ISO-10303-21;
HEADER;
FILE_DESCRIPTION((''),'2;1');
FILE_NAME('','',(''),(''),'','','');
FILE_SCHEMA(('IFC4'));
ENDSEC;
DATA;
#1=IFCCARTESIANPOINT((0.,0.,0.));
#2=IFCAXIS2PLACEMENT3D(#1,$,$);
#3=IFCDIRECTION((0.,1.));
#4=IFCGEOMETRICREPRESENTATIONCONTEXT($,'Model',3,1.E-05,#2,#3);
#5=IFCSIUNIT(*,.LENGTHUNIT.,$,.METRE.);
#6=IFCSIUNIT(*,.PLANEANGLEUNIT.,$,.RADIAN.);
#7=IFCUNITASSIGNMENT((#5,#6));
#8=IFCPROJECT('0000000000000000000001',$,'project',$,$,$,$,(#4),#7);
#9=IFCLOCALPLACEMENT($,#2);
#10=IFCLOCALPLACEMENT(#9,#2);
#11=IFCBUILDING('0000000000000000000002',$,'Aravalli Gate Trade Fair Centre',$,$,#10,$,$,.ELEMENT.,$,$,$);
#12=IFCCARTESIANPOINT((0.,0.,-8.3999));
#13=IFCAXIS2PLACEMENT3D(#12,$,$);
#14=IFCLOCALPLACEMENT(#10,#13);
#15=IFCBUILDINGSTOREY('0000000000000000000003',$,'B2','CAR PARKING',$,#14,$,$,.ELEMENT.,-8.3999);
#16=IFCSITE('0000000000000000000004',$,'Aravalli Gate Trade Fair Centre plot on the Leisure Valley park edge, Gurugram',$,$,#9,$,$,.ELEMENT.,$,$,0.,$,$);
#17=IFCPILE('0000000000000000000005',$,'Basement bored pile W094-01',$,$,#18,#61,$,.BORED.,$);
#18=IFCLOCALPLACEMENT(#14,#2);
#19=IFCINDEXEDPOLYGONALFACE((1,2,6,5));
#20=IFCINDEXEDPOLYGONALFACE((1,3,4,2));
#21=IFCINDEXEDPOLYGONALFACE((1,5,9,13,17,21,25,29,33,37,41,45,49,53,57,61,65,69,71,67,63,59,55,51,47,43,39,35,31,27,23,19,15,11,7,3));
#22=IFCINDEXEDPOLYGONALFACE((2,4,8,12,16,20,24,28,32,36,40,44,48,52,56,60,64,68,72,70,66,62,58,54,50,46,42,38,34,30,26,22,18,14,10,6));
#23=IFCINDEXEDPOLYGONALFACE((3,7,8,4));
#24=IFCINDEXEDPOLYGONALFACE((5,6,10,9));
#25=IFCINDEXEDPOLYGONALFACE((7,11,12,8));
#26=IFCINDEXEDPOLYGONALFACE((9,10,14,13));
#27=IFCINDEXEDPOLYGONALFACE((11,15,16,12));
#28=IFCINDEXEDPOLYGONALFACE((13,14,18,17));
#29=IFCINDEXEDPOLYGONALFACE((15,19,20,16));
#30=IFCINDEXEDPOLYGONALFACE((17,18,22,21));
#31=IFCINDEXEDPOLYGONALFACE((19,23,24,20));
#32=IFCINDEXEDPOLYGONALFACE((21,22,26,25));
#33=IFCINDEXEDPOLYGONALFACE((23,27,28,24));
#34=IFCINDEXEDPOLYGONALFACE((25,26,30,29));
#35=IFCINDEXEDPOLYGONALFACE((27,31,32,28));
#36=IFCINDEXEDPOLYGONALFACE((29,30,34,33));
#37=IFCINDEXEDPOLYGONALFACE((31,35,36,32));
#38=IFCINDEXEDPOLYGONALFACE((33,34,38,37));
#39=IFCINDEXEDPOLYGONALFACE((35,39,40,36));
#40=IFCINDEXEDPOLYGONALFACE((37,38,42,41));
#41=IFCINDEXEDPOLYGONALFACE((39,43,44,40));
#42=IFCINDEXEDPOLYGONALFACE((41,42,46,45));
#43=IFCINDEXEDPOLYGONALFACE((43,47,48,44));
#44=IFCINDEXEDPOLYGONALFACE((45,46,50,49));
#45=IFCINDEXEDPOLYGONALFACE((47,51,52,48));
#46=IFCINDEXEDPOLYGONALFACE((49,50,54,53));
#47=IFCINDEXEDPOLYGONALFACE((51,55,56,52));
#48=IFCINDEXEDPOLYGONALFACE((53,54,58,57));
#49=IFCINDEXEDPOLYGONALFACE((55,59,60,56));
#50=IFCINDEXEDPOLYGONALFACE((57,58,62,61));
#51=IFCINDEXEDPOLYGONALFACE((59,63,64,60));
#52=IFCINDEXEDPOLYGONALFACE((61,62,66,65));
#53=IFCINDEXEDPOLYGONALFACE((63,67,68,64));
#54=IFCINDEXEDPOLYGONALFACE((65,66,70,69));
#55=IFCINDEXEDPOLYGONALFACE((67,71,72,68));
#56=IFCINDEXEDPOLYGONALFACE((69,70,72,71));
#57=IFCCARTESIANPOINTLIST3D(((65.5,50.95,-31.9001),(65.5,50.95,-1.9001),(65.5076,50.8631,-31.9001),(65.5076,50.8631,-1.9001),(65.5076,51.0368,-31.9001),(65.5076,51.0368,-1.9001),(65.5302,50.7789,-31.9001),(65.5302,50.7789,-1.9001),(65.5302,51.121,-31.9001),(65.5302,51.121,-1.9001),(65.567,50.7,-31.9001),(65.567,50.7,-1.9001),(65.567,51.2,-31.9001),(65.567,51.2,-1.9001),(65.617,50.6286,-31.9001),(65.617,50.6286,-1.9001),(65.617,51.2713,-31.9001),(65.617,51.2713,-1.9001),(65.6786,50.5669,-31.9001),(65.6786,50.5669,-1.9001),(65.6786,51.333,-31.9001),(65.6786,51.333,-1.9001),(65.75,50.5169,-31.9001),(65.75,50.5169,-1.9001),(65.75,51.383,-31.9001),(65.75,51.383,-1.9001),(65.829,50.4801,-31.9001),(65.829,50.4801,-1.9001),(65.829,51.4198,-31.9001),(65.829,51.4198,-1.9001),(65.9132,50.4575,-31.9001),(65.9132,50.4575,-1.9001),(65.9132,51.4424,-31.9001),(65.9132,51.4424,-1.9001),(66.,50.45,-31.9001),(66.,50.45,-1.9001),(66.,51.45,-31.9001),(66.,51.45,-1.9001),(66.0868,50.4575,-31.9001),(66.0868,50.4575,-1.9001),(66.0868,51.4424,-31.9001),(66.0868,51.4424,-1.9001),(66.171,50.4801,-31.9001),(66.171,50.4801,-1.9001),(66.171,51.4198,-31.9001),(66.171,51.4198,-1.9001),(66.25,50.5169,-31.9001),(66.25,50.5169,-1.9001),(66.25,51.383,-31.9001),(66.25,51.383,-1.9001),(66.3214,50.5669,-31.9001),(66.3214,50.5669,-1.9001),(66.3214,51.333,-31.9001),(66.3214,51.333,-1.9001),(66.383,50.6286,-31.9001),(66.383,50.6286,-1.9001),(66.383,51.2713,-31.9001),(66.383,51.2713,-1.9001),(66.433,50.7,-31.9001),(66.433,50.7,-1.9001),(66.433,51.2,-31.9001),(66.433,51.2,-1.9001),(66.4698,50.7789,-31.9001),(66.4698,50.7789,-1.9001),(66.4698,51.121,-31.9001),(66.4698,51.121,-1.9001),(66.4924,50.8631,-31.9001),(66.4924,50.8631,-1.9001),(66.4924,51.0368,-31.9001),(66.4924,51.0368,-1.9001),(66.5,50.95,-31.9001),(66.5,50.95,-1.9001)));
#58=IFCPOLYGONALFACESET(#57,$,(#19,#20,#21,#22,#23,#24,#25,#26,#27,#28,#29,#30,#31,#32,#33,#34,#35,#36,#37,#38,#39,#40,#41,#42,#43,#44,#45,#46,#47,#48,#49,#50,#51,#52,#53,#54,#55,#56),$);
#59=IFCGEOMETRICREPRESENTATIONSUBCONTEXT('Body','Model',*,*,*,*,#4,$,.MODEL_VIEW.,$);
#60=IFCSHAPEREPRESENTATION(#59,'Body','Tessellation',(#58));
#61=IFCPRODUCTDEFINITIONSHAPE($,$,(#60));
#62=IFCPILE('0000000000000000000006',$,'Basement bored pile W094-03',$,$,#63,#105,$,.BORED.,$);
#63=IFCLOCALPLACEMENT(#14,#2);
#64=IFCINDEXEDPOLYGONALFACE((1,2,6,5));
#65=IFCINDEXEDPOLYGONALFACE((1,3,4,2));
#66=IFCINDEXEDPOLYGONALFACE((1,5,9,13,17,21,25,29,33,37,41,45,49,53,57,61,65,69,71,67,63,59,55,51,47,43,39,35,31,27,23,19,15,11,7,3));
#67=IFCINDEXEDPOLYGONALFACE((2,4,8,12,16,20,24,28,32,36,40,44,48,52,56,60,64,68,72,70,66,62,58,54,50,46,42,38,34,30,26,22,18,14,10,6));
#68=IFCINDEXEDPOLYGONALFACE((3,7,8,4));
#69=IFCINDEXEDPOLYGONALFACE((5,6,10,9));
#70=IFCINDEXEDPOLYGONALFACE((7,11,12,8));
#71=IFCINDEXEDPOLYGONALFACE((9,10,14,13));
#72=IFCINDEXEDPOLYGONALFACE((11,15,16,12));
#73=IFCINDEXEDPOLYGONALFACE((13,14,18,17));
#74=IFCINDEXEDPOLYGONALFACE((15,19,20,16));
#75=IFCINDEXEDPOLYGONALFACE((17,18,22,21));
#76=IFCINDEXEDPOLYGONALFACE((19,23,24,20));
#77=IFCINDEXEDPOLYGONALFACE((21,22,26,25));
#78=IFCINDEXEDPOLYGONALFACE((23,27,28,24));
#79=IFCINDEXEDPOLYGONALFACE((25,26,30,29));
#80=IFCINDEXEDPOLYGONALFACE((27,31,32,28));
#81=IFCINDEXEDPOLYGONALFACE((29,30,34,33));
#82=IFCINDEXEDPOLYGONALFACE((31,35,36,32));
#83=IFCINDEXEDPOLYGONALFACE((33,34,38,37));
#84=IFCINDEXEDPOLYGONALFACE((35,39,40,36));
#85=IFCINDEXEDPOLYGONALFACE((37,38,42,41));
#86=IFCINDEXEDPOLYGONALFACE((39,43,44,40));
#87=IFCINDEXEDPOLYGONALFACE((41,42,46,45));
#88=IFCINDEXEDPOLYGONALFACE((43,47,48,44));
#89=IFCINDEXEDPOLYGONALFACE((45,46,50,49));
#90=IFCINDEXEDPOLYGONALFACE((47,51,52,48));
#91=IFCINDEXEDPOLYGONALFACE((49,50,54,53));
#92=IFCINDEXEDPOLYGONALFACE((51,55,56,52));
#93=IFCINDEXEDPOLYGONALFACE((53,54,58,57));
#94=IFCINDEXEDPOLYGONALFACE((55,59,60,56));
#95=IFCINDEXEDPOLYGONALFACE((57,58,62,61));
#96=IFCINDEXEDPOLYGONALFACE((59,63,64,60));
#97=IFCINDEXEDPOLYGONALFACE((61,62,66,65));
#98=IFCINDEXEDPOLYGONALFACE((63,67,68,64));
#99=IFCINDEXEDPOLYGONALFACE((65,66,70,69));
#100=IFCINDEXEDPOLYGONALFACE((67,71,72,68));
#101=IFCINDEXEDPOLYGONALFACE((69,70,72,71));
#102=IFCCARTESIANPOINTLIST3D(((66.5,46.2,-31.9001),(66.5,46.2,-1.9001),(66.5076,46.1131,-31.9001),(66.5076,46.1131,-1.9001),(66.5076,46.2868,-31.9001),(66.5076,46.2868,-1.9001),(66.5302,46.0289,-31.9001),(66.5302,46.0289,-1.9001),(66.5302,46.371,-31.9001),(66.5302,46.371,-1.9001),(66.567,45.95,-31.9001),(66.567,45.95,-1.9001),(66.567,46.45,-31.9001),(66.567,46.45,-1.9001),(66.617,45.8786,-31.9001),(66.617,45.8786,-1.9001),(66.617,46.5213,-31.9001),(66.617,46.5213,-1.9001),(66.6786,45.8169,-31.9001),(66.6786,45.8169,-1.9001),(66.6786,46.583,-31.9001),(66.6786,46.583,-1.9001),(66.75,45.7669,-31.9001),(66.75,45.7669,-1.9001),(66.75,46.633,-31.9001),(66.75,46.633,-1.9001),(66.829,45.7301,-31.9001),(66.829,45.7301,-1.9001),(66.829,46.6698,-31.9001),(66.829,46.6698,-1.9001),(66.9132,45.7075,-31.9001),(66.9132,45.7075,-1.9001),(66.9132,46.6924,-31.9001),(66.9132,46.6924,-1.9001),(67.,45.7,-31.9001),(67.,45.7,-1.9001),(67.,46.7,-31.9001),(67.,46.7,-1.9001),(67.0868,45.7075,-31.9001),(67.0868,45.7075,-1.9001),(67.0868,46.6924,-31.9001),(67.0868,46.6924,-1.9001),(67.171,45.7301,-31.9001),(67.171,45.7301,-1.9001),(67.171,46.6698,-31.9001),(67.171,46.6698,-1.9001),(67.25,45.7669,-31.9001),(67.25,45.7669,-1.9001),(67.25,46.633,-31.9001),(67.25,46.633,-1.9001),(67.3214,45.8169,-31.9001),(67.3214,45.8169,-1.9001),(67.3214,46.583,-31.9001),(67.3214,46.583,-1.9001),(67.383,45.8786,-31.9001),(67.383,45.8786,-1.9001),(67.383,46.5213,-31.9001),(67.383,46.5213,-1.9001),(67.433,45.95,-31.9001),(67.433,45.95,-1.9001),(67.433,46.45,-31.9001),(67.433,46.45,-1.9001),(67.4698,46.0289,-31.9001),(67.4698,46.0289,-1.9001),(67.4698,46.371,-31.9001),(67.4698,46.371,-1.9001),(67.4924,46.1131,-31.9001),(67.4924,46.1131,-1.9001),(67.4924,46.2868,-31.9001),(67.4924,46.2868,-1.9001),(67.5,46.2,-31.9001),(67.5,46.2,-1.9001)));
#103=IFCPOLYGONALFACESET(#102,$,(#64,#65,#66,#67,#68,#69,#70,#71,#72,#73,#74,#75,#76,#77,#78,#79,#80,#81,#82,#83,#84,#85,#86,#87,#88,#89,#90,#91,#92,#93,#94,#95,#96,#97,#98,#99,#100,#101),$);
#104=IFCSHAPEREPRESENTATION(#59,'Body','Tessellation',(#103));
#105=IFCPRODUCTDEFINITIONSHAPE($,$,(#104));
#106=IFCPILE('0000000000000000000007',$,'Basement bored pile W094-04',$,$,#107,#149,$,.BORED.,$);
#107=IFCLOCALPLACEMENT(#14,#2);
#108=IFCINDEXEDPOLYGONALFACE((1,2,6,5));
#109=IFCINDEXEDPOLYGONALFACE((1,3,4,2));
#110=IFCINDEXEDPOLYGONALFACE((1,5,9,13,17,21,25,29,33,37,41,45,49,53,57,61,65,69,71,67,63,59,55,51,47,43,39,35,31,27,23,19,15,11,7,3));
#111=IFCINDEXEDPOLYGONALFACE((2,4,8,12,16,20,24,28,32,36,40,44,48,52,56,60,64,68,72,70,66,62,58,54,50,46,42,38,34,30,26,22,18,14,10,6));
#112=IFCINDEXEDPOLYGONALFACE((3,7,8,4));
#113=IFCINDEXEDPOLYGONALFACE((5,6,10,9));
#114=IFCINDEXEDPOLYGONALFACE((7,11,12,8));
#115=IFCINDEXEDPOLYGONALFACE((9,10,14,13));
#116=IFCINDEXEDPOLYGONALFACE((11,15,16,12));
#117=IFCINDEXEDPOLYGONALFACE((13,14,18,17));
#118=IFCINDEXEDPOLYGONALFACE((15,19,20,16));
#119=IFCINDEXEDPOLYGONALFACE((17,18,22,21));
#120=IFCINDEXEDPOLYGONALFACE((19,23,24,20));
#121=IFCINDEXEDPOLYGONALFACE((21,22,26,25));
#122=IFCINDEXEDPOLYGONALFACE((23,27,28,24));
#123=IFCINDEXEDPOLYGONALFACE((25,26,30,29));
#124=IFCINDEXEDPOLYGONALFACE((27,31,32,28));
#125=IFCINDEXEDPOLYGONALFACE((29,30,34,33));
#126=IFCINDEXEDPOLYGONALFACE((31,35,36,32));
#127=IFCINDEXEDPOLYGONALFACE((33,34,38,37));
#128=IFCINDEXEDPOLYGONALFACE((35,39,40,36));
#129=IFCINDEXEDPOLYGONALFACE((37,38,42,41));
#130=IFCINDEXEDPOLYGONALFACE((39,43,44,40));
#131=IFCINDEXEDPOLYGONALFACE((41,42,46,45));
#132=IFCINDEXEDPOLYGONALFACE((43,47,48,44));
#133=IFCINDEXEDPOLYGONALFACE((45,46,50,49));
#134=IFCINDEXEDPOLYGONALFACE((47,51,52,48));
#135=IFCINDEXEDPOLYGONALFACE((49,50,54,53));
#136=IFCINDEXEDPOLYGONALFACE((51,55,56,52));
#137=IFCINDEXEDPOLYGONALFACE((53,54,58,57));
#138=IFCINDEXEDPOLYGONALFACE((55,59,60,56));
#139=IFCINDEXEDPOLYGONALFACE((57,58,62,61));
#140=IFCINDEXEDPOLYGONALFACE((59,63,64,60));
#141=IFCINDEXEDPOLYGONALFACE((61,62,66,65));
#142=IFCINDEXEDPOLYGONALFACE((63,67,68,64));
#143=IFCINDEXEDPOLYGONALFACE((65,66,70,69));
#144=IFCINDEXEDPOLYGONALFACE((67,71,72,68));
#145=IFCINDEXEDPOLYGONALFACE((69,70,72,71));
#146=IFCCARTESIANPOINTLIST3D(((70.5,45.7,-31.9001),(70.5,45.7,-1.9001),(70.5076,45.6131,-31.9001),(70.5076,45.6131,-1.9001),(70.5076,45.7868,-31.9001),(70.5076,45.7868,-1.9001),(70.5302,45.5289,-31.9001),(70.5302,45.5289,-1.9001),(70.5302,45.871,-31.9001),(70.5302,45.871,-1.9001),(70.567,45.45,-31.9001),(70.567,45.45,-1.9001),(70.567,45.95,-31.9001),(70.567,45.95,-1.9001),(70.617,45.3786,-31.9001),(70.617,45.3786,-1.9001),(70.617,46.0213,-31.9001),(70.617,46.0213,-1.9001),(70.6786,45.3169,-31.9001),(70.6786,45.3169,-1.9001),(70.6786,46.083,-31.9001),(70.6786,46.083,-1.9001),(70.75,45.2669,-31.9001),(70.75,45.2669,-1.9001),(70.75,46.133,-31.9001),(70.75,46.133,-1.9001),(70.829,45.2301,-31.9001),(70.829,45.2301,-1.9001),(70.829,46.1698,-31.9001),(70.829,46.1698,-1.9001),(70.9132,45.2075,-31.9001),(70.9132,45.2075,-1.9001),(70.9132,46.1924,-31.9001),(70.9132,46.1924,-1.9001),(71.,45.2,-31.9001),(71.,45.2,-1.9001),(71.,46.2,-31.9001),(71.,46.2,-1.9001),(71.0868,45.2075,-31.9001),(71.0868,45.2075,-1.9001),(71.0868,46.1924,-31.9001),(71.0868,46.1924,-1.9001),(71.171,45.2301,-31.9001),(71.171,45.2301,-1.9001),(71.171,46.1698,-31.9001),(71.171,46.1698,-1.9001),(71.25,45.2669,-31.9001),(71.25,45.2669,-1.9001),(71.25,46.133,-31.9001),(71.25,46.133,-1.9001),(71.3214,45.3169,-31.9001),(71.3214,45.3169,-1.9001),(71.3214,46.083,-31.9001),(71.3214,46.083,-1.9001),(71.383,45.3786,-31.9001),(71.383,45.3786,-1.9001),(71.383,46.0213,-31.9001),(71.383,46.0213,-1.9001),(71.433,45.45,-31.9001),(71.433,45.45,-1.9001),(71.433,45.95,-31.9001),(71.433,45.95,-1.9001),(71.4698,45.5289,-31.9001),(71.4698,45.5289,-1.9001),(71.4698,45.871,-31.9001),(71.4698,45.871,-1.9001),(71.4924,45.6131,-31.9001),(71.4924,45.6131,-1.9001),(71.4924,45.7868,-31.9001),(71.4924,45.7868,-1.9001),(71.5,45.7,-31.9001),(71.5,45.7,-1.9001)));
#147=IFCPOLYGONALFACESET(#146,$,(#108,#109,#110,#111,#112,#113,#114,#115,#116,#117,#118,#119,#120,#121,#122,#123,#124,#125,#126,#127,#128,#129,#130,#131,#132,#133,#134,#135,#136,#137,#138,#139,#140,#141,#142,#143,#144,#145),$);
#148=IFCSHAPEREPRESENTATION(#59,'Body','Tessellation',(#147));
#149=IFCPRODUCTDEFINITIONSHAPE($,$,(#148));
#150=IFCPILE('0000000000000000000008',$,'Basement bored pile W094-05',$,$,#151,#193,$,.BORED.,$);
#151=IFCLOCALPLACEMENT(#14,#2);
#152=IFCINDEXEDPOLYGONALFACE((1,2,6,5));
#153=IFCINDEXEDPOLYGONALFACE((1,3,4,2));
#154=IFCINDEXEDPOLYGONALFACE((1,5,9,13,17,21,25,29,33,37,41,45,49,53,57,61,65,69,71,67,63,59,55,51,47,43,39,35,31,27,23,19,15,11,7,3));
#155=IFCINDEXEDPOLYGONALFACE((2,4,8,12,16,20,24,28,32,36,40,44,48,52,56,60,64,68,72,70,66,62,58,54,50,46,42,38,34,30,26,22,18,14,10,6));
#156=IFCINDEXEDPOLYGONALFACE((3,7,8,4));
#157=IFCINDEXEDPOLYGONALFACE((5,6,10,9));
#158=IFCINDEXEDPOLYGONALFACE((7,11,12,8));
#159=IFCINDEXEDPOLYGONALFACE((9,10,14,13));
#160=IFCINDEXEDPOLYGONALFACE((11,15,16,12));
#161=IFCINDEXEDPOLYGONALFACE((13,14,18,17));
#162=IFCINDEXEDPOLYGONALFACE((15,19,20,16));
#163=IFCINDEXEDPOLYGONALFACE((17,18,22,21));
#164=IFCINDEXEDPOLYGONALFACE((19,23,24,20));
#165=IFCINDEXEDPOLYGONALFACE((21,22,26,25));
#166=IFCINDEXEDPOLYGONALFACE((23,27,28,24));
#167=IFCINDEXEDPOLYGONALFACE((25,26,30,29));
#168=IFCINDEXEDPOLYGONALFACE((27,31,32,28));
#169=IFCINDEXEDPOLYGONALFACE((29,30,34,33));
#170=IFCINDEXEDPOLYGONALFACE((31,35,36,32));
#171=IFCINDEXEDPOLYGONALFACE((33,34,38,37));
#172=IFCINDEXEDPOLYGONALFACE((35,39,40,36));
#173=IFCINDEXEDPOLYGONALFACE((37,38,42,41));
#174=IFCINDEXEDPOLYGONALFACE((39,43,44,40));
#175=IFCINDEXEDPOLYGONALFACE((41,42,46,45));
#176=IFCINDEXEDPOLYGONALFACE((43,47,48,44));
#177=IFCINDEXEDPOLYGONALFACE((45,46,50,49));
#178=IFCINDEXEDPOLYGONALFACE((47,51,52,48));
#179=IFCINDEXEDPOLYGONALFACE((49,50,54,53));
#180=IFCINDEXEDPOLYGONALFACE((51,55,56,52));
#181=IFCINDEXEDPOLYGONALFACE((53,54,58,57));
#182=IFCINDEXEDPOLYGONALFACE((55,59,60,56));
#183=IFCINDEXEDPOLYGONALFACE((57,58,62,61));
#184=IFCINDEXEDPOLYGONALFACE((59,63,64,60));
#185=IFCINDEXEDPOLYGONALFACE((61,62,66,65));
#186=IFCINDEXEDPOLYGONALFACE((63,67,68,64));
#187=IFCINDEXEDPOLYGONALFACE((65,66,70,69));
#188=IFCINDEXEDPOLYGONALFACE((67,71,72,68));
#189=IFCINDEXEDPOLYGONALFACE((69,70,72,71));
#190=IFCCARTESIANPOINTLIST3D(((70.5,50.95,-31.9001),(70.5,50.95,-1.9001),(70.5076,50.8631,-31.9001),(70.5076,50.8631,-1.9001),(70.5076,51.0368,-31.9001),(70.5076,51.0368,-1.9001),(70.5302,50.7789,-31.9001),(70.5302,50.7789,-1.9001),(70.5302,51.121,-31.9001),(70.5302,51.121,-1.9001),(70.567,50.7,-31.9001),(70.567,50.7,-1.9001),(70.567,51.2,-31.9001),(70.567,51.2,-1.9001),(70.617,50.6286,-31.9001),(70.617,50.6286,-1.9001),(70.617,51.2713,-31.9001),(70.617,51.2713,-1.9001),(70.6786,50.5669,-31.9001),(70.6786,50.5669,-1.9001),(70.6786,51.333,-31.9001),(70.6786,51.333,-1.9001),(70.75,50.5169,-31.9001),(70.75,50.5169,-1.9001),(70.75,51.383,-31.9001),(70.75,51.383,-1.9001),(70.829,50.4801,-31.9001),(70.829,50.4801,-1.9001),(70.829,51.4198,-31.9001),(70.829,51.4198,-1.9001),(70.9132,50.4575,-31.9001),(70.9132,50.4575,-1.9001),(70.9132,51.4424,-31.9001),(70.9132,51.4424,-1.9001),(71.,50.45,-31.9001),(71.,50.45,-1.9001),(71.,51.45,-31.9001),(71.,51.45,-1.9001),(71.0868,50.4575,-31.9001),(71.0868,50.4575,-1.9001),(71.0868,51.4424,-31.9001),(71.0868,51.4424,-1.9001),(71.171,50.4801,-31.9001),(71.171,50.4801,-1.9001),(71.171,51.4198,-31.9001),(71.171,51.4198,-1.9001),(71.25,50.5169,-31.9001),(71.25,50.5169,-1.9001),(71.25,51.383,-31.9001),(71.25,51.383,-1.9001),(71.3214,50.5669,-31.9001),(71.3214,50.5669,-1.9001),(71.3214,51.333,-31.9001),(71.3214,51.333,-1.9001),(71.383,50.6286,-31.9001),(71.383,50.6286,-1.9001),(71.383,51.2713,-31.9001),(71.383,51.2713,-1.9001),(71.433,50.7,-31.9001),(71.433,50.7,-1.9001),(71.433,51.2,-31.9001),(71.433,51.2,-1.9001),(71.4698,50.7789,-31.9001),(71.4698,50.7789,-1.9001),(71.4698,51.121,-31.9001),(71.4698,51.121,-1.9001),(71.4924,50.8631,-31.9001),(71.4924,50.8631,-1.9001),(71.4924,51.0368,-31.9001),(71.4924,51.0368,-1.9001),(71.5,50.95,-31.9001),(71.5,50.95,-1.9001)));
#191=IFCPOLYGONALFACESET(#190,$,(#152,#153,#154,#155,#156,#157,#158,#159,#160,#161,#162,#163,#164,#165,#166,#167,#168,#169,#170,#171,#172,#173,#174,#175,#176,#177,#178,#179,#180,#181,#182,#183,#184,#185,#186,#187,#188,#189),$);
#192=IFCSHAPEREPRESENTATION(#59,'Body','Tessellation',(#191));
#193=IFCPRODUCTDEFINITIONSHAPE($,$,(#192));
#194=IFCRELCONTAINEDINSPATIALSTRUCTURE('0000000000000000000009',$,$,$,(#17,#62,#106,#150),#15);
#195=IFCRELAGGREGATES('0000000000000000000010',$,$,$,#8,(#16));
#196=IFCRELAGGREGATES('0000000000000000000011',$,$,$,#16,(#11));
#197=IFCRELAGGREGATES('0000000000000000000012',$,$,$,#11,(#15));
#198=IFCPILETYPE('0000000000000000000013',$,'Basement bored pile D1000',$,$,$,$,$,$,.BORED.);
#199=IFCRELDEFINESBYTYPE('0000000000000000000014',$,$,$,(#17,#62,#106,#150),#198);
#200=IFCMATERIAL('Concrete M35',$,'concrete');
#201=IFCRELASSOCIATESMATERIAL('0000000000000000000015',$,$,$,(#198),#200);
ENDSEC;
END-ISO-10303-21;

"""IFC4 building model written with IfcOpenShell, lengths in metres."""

from ifc_helpers import new_model, si_unit, direction, frame, origin, origin_2d, place, context, subcontext, project, spatial, circle, extrude, material, material_profile, profile_set, type_object, element, save


model = new_model("IFC4")

# Units and contexts
model_context = context("Model", 3, precision=1e-05, world=origin(), true_north=direction((0.0, 1.0)))
body_context = subcontext(model_context, "Body", "Model", "MODEL_VIEW")
ifc_project = project(units=[si_unit("LENGTHUNIT", "METRE"), si_unit("PLANEANGLEUNIT", "RADIAN")], contexts=[model_context])

# Site, building, storey
site_placement = place(None, origin())
site = spatial("IfcSite", under=ifc_project, at=site_placement, Name="Aravalli Gate Trade Fair Centre plot on the Leisure Valley park edge, Gurugram", CompositionType="ELEMENT", RefElevation=0.0)
building_placement = place(site_placement, origin())
building = spatial("IfcBuilding", under=site, at=building_placement, Name="Aravalli Gate Trade Fair Centre", CompositionType="ELEMENT")
storey_placement = place(building_placement, frame((0.0, 0.0, -8.3999)))
storey = spatial("IfcBuildingStorey", under=building, at=storey_placement, Name="B2", Description="CAR PARKING", CompositionType="ELEMENT", Elevation=-8.3999)

# Piles
ifc_material_1 = material(Name="Concrete M35", Category="concrete")
ifc_material_profile_1 = material_profile(ifc_material_1, circle(Radius=0.5, at=origin_2d()), Name="D1000")
ifc_profile_set_1 = profile_set([ifc_material_profile_1], Name="Concrete M35")
pile_type = type_object("IfcPileType", Name="Basement bored pile D1000", PredefinedType="BORED", material=ifc_profile_set_1)
for number, where, z_axis, x_axis, name in (
    (1, (66.0, 50.95, -1.9001), (0.0, 0.0, -1.0), (1.0, 0.0, 0.0), "Basement bored pile W094-01"),
    (2, (67.0, 46.2, -1.9001), (0.0, 0.0, -1.0), (1.0, 0.0, 0.0), "Basement bored pile W094-03"),
    (3, (71.0, 45.7, -1.9001), (0.0, 0.0, -1.0), (1.0, 0.0, 0.0), "Basement bored pile W094-04"),
    (4, (71.0, 50.95, -1.9001), (0.0, 0.0, -1.0), (1.0, 0.0, 0.0), "Basement bored pile W094-05"),
):
    element("IfcPile", number, at=place(storey_placement, frame(where, z_axis=z_axis, x_axis=x_axis)), inside=storey, type_object=pile_type, Name=name, PredefinedType="BORED", context=body_context, shape_type="SweptSolid", body=[
        extrude(circle(Radius=0.5, at=origin_2d()), origin(), (0.0, 0.0, 1.0), 30.0),
    ])

save(model, "model.ifc")
